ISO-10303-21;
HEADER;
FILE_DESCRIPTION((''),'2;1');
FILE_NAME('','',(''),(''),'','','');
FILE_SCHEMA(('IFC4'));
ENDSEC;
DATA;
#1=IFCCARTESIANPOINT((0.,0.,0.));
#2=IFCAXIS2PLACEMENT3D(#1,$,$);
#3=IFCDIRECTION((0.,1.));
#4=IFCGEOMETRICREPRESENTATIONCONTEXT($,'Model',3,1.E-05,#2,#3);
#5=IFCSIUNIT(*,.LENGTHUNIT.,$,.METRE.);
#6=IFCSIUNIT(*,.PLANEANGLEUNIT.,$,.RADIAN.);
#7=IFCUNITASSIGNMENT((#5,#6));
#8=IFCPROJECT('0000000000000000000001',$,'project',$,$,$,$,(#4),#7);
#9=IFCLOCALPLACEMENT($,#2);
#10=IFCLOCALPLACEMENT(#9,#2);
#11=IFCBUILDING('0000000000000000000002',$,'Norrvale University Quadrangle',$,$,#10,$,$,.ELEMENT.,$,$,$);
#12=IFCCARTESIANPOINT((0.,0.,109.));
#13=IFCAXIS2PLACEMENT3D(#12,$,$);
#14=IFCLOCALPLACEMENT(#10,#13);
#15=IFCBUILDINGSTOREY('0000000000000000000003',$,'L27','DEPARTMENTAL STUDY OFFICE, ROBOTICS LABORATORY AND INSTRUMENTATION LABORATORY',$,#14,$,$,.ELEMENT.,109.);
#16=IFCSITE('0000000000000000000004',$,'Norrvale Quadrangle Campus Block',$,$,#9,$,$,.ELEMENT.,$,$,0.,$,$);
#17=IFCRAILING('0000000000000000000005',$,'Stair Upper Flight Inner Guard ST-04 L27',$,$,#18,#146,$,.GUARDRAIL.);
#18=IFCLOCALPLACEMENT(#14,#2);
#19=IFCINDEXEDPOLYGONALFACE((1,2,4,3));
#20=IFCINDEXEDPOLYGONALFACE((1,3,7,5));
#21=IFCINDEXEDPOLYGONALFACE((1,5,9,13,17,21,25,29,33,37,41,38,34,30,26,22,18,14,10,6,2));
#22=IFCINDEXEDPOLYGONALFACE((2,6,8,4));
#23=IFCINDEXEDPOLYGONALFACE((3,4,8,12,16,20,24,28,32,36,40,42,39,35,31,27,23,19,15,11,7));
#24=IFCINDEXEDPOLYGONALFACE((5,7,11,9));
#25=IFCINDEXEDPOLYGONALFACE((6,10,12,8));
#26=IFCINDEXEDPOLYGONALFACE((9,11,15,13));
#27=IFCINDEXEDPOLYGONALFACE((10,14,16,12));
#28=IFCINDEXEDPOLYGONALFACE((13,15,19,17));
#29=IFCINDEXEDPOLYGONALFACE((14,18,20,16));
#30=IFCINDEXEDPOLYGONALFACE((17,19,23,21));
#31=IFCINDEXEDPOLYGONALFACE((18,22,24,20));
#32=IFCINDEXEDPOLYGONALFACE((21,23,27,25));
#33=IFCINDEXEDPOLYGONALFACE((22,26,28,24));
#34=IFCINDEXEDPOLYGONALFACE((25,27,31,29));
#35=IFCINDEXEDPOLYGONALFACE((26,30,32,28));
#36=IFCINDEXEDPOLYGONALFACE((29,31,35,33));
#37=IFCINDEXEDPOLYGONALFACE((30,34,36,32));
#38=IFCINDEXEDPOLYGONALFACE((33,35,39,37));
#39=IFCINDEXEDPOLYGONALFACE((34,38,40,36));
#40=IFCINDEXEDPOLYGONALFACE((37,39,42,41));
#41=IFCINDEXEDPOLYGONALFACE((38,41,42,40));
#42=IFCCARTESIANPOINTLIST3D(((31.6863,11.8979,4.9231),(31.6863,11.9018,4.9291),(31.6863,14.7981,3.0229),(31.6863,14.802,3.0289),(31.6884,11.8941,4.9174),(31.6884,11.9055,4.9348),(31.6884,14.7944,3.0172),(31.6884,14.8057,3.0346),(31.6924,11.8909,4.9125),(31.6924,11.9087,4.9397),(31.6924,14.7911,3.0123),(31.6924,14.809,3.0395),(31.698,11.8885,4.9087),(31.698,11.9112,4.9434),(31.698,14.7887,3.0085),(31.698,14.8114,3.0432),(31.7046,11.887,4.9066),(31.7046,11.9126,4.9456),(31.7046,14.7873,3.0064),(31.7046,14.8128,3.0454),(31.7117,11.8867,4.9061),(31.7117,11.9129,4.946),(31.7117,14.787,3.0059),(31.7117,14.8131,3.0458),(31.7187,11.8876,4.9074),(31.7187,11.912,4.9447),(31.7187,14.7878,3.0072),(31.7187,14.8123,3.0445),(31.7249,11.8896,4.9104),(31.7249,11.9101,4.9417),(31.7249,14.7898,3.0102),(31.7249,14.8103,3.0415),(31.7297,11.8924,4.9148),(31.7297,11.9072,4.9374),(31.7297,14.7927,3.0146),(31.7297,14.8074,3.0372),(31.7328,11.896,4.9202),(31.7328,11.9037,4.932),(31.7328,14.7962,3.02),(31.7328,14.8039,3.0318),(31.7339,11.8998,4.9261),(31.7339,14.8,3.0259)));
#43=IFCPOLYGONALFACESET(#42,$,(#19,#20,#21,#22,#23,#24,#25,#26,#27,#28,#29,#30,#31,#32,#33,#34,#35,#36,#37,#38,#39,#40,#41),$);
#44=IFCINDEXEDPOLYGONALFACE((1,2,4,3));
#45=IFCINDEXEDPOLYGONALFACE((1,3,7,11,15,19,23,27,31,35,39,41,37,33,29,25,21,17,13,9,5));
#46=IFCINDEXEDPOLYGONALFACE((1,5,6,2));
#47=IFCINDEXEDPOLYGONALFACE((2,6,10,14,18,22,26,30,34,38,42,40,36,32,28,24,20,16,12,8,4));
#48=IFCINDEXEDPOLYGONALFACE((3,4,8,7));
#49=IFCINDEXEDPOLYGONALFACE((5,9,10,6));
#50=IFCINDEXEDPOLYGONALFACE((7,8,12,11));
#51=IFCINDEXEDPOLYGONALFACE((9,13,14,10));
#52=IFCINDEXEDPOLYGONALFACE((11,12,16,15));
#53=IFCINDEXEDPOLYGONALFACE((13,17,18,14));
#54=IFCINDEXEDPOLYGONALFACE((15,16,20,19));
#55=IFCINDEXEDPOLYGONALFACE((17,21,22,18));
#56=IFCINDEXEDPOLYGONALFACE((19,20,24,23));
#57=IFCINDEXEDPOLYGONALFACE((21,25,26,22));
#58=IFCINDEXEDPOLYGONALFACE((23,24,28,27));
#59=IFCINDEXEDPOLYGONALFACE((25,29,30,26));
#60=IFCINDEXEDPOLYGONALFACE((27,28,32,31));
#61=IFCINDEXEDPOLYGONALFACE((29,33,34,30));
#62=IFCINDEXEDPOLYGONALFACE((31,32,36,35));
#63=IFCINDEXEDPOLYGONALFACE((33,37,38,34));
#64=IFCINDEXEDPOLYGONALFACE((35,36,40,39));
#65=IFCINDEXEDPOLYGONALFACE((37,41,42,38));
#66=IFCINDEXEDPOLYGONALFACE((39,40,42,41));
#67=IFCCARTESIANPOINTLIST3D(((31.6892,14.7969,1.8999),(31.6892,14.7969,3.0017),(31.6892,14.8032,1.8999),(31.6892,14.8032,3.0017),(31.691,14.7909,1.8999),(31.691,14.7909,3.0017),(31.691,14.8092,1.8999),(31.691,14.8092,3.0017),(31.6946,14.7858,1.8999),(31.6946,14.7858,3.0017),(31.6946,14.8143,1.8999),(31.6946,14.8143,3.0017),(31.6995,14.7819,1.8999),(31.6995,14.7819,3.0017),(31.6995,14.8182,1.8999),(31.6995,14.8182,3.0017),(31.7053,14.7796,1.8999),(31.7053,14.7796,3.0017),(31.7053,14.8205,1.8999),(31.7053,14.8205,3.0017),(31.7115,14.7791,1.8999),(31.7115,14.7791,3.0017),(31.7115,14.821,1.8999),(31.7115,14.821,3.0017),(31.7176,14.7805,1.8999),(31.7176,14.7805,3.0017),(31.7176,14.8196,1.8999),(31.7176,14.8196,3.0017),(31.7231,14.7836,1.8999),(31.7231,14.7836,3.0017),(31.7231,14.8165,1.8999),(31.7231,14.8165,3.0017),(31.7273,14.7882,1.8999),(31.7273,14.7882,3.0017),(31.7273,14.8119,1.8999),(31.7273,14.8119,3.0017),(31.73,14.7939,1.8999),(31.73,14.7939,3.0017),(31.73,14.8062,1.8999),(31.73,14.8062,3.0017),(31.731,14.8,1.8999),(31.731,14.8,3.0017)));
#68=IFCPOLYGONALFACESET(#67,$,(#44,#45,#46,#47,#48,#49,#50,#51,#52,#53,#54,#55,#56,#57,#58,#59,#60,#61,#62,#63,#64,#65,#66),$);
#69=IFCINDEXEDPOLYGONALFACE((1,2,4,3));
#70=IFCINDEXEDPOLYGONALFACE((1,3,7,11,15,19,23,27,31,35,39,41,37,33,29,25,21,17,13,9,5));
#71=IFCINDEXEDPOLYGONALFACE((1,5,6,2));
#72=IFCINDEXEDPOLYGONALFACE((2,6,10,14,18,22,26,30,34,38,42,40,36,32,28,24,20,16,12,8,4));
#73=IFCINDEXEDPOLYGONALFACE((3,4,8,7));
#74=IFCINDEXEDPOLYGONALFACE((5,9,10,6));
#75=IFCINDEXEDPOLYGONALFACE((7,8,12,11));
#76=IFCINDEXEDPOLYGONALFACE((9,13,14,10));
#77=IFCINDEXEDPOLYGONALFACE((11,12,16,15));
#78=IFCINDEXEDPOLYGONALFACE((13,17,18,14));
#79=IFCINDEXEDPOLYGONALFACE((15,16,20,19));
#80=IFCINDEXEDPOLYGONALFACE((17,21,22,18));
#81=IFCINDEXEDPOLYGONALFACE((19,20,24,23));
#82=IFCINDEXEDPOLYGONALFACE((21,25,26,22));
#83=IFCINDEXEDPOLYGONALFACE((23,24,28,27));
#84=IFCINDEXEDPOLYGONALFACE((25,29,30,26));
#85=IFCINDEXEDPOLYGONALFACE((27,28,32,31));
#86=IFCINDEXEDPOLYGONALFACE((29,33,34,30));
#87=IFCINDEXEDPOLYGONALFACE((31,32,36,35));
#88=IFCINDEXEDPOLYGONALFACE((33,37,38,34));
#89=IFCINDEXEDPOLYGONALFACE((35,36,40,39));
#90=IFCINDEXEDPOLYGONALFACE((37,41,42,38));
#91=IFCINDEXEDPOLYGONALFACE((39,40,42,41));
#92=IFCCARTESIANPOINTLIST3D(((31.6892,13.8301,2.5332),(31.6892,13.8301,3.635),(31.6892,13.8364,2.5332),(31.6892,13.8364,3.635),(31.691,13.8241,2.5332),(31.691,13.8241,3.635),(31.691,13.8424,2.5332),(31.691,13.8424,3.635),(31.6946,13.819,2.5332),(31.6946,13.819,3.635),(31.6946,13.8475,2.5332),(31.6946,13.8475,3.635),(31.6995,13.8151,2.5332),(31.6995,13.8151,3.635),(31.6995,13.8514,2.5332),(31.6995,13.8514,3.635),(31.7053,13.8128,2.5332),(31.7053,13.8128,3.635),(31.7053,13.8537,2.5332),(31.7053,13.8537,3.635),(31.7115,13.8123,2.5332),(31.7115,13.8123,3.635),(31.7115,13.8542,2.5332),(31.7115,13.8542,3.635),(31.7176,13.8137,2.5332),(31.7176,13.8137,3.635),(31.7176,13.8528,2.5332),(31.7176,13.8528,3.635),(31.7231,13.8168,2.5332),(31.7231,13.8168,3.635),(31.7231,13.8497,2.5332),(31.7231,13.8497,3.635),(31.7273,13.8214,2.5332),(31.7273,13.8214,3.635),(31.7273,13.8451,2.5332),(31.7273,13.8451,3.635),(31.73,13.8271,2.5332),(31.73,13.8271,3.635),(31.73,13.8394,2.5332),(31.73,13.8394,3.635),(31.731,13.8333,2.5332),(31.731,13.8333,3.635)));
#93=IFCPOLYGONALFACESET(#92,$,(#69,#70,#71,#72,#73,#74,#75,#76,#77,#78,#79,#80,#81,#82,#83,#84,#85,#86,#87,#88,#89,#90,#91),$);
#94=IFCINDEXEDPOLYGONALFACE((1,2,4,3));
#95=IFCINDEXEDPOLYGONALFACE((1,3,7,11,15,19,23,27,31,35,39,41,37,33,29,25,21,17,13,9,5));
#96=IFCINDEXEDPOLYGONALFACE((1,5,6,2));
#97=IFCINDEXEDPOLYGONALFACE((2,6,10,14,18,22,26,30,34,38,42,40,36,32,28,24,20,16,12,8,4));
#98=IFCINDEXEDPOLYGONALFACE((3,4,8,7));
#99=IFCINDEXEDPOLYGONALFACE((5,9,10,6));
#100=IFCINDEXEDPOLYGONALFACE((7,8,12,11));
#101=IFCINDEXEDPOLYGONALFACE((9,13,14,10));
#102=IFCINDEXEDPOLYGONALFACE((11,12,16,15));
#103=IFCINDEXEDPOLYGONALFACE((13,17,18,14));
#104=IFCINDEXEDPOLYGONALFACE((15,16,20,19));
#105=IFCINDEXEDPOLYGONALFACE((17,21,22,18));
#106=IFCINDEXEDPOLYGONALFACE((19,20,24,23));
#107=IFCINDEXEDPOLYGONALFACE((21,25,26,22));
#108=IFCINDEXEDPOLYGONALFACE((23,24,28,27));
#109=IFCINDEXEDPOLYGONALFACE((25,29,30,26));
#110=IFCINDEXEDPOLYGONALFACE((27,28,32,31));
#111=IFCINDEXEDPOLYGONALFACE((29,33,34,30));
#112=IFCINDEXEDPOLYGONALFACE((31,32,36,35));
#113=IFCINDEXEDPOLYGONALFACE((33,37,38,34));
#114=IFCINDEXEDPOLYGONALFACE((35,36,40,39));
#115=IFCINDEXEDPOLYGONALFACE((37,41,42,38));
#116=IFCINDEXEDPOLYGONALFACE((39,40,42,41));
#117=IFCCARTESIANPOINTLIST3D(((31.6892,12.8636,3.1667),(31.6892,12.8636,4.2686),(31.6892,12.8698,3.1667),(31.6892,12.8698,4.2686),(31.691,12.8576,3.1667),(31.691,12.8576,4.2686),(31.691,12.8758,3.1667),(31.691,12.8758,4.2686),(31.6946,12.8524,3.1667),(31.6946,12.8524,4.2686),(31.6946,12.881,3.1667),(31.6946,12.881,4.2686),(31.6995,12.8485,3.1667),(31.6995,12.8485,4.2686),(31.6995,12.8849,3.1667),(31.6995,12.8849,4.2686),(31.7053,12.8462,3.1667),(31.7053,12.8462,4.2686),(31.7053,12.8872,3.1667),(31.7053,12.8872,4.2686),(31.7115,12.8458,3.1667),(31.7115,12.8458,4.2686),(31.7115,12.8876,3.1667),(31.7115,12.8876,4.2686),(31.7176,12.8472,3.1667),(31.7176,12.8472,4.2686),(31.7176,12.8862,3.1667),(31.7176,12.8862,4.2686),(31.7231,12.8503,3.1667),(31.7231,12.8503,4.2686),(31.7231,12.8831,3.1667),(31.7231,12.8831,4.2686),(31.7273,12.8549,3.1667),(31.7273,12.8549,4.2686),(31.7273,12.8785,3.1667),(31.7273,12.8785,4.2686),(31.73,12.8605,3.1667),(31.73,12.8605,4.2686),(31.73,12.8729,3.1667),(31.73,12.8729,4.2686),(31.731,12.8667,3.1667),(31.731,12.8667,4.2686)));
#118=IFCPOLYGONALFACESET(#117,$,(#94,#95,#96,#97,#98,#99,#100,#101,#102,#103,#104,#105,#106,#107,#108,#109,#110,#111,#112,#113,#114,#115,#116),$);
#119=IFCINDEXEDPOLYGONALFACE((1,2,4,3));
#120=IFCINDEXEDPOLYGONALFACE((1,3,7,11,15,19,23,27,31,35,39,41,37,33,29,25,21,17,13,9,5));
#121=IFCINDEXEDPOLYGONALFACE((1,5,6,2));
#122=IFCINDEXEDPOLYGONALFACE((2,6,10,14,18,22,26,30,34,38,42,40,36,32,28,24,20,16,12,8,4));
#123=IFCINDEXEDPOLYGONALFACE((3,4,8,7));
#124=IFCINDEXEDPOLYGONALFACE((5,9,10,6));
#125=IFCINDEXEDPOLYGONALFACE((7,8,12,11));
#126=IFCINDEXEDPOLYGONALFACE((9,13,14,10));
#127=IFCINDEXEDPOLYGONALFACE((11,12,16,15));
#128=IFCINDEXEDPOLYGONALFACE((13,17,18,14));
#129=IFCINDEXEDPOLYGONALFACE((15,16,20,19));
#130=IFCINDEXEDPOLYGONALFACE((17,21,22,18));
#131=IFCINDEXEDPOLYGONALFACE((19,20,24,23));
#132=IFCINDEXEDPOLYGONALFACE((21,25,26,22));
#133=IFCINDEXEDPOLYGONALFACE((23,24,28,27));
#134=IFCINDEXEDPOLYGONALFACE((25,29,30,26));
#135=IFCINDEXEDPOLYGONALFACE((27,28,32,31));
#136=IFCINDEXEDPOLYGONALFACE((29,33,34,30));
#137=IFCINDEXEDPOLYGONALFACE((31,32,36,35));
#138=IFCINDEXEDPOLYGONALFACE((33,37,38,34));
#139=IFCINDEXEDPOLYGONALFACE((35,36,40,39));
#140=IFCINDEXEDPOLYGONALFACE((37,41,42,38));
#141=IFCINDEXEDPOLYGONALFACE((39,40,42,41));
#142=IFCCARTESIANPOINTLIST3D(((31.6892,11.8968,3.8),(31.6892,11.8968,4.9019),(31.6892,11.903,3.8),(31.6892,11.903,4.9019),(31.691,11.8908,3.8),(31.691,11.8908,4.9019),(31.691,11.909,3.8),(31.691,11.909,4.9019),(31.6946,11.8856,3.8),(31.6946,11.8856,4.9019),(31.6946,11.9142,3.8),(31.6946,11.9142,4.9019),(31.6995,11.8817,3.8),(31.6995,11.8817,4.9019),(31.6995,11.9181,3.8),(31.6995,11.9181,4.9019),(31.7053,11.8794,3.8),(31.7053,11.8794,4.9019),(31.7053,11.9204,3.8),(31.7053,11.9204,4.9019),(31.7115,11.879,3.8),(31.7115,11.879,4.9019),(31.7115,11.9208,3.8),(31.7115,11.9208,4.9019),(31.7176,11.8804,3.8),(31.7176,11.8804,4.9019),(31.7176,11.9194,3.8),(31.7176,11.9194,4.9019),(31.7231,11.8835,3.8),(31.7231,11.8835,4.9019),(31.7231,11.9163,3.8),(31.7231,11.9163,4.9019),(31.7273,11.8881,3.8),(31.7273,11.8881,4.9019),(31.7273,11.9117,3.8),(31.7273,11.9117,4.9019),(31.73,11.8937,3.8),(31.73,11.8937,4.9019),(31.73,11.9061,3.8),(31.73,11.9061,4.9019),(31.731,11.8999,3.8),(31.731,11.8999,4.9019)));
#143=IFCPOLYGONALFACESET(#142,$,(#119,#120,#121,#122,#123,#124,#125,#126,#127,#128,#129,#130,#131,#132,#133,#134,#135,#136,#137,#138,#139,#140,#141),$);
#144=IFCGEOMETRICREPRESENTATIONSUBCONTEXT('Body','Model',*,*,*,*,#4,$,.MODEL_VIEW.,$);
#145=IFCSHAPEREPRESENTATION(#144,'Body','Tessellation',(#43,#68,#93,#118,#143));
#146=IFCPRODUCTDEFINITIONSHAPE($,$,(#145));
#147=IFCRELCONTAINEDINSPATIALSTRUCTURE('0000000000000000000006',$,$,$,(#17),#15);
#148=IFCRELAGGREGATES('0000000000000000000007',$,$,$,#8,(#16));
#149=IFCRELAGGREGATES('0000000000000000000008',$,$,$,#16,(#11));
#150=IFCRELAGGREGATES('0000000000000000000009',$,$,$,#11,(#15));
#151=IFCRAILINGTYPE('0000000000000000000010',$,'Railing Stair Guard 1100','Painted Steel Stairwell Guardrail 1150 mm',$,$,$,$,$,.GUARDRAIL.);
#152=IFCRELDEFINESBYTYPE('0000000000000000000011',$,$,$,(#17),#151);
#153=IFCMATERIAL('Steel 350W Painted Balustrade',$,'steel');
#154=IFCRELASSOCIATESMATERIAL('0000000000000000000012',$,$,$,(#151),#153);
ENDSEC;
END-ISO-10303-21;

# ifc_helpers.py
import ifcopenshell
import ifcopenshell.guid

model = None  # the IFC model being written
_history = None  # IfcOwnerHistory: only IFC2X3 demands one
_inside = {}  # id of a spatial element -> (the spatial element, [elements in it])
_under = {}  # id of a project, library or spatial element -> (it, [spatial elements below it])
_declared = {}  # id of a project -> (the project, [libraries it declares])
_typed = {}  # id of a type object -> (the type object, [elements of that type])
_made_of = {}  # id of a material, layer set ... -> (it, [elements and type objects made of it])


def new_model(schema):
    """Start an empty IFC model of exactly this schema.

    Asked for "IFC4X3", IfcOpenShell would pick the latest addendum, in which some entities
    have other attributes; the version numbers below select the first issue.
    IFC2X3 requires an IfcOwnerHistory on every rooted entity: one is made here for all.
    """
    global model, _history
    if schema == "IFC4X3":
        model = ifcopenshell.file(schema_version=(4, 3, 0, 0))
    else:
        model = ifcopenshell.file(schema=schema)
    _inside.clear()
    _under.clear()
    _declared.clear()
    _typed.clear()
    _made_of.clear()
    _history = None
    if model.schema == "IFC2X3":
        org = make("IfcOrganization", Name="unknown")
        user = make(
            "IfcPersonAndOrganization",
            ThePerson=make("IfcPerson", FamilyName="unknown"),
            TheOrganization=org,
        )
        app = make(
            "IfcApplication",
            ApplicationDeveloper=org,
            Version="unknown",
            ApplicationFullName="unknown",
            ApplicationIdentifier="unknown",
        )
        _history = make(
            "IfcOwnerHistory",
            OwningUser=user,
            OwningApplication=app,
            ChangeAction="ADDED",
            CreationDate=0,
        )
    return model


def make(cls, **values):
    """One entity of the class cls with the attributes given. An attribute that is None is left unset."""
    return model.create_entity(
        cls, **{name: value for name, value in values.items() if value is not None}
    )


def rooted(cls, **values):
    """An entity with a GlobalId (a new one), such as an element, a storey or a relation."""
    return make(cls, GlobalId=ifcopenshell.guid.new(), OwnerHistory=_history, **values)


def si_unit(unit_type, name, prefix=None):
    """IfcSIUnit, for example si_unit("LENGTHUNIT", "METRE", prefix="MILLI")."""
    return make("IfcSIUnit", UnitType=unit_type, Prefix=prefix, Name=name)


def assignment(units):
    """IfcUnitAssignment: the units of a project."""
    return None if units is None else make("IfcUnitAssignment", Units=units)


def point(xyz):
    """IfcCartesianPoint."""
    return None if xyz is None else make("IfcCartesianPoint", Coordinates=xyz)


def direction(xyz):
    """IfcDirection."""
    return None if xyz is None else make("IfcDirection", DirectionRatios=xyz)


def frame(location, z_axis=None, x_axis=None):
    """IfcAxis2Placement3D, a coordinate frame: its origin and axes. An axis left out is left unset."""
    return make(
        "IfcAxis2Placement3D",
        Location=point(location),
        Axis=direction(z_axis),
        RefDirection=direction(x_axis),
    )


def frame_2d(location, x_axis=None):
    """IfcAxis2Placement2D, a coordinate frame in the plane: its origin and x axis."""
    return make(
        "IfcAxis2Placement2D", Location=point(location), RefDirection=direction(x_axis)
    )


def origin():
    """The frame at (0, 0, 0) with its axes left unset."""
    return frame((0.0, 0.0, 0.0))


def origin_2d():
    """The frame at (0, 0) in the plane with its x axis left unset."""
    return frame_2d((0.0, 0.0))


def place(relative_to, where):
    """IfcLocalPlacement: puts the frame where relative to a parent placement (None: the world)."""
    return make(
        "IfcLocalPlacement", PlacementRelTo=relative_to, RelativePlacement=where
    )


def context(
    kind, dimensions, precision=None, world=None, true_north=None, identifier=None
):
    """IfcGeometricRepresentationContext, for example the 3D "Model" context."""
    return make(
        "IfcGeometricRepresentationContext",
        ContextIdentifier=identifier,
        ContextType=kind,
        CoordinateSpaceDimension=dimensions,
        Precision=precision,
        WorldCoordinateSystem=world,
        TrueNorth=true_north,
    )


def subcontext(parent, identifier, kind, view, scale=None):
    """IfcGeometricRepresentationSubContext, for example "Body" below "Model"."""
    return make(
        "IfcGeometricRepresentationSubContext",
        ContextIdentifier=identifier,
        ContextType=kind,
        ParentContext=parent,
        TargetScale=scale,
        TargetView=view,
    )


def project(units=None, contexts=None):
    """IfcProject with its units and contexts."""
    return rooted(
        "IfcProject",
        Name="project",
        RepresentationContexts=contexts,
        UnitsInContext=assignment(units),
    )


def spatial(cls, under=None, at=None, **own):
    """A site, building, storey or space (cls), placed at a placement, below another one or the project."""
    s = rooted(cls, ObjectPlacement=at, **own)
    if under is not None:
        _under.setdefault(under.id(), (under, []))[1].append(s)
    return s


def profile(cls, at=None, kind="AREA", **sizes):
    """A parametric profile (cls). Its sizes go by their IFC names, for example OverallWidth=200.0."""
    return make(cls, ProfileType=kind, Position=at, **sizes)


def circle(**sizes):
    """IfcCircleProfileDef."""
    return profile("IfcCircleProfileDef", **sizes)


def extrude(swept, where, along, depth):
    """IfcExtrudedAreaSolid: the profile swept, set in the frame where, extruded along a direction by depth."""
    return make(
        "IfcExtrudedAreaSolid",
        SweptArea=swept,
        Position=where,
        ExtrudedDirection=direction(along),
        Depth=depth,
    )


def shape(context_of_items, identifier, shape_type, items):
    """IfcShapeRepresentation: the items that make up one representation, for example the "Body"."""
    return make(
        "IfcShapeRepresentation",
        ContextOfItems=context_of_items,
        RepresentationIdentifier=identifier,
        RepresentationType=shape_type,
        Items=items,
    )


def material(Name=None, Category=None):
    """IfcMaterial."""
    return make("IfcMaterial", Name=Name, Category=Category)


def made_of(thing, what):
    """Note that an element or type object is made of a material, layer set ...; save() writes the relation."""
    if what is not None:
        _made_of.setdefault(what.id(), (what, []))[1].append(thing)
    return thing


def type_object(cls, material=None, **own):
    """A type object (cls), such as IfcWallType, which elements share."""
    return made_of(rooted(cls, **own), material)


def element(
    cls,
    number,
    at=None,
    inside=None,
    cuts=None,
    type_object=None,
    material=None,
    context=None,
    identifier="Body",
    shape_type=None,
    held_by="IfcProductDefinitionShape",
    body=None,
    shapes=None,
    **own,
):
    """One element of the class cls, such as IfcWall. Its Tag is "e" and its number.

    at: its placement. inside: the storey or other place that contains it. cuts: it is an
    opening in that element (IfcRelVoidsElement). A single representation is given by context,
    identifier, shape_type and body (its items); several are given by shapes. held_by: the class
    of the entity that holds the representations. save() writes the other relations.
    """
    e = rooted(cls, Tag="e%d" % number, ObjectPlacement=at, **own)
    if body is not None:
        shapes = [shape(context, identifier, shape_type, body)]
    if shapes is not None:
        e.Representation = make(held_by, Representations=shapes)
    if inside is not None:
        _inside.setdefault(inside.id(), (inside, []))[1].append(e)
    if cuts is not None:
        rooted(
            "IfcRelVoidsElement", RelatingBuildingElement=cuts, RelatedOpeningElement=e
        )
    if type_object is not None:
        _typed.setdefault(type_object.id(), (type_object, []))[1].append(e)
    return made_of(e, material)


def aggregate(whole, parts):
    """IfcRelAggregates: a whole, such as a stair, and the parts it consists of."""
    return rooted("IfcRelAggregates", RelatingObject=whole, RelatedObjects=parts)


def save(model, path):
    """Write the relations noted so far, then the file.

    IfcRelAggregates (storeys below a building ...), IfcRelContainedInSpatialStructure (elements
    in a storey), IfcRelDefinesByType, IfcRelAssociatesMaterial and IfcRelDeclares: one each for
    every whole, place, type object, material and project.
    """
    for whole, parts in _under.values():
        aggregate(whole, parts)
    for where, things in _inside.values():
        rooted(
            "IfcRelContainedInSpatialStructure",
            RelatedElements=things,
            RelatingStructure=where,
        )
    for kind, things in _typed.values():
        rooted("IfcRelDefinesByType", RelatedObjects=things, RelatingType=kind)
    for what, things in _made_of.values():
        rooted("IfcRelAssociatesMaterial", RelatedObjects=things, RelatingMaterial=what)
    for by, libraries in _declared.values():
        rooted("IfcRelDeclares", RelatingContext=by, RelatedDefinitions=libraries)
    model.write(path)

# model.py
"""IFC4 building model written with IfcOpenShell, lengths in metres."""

from ifc_helpers import new_model, si_unit, direction, frame, origin, origin_2d, place, context, subcontext, project, spatial, circle, extrude, material, type_object, element, save


model = new_model("IFC4")

# Units and contexts
model_context = context("Model", 3, precision=1e-05, world=origin(), true_north=direction((0.0, 1.0)))
body_context = subcontext(model_context, "Body", "Model", "MODEL_VIEW")
ifc_project = project(units=[si_unit("LENGTHUNIT", "METRE"), si_unit("PLANEANGLEUNIT", "RADIAN")], contexts=[model_context])

# Site, building, storey
site_placement = place(None, origin())
site = spatial("IfcSite", under=ifc_project, at=site_placement, Name="Norrvale Quadrangle Campus Block", CompositionType="ELEMENT", RefElevation=0.0)
building_placement = place(site_placement, origin())
building = spatial("IfcBuilding", under=site, at=building_placement, Name="Norrvale University Quadrangle", CompositionType="ELEMENT")
storey_placement = place(building_placement, frame((0.0, 0.0, 109.0)))
storey = spatial("IfcBuildingStorey", under=building, at=storey_placement, Name="L27", Description="DEPARTMENTAL STUDY OFFICE, ROBOTICS LABORATORY AND INSTRUMENTATION LABORATORY", CompositionType="ELEMENT", Elevation=109.0)

# Railing
ifc_material_1 = material(Name="Steel 350W Painted Balustrade", Category="steel")
railing_type_1 = type_object("IfcRailingType", Name="Railing Stair Guard 1100", Description="Painted Steel Stairwell Guardrail 1150 mm", PredefinedType="GUARDRAIL", material=ifc_material_1)
railing_1_placement = place(storey_placement, frame((31.71, 14.8, 1.8999)))
element("IfcRailing", 1, at=railing_1_placement, inside=storey, type_object=railing_type_1, Name="Stair Upper Flight Inner Guard ST-04 L27", PredefinedType="GUARDRAIL", context=body_context, shape_type="SweptSolid", body=[
    extrude(circle(Radius=0.0239, at=origin_2d()), frame((0.0, 0.0, 1.126), z_axis=(0.0, -0.836454, 0.548036), x_axis=(1.0, 0.0, 0.0)), (0.0, 0.0, 1.0), 3.4673),
    extrude(circle(Radius=0.021, at=origin_2d()), origin(), (0.0, 0.0, 1.0), 1.1018),
    extrude(circle(Radius=0.021, at=origin_2d()), frame((0.0, -0.9668, 0.6333)), (0.0, 0.0, 1.0), 1.1018),
    extrude(circle(Radius=0.021, at=origin_2d()), frame((0.0, -1.9333, 1.2668)), (0.0, 0.0, 1.0), 1.1018),
    extrude(circle(Radius=0.021, at=origin_2d()), frame((0.0, -2.9001, 1.9001)), (0.0, 0.0, 1.0), 1.1018),
])

save(model, "model.ifc")
